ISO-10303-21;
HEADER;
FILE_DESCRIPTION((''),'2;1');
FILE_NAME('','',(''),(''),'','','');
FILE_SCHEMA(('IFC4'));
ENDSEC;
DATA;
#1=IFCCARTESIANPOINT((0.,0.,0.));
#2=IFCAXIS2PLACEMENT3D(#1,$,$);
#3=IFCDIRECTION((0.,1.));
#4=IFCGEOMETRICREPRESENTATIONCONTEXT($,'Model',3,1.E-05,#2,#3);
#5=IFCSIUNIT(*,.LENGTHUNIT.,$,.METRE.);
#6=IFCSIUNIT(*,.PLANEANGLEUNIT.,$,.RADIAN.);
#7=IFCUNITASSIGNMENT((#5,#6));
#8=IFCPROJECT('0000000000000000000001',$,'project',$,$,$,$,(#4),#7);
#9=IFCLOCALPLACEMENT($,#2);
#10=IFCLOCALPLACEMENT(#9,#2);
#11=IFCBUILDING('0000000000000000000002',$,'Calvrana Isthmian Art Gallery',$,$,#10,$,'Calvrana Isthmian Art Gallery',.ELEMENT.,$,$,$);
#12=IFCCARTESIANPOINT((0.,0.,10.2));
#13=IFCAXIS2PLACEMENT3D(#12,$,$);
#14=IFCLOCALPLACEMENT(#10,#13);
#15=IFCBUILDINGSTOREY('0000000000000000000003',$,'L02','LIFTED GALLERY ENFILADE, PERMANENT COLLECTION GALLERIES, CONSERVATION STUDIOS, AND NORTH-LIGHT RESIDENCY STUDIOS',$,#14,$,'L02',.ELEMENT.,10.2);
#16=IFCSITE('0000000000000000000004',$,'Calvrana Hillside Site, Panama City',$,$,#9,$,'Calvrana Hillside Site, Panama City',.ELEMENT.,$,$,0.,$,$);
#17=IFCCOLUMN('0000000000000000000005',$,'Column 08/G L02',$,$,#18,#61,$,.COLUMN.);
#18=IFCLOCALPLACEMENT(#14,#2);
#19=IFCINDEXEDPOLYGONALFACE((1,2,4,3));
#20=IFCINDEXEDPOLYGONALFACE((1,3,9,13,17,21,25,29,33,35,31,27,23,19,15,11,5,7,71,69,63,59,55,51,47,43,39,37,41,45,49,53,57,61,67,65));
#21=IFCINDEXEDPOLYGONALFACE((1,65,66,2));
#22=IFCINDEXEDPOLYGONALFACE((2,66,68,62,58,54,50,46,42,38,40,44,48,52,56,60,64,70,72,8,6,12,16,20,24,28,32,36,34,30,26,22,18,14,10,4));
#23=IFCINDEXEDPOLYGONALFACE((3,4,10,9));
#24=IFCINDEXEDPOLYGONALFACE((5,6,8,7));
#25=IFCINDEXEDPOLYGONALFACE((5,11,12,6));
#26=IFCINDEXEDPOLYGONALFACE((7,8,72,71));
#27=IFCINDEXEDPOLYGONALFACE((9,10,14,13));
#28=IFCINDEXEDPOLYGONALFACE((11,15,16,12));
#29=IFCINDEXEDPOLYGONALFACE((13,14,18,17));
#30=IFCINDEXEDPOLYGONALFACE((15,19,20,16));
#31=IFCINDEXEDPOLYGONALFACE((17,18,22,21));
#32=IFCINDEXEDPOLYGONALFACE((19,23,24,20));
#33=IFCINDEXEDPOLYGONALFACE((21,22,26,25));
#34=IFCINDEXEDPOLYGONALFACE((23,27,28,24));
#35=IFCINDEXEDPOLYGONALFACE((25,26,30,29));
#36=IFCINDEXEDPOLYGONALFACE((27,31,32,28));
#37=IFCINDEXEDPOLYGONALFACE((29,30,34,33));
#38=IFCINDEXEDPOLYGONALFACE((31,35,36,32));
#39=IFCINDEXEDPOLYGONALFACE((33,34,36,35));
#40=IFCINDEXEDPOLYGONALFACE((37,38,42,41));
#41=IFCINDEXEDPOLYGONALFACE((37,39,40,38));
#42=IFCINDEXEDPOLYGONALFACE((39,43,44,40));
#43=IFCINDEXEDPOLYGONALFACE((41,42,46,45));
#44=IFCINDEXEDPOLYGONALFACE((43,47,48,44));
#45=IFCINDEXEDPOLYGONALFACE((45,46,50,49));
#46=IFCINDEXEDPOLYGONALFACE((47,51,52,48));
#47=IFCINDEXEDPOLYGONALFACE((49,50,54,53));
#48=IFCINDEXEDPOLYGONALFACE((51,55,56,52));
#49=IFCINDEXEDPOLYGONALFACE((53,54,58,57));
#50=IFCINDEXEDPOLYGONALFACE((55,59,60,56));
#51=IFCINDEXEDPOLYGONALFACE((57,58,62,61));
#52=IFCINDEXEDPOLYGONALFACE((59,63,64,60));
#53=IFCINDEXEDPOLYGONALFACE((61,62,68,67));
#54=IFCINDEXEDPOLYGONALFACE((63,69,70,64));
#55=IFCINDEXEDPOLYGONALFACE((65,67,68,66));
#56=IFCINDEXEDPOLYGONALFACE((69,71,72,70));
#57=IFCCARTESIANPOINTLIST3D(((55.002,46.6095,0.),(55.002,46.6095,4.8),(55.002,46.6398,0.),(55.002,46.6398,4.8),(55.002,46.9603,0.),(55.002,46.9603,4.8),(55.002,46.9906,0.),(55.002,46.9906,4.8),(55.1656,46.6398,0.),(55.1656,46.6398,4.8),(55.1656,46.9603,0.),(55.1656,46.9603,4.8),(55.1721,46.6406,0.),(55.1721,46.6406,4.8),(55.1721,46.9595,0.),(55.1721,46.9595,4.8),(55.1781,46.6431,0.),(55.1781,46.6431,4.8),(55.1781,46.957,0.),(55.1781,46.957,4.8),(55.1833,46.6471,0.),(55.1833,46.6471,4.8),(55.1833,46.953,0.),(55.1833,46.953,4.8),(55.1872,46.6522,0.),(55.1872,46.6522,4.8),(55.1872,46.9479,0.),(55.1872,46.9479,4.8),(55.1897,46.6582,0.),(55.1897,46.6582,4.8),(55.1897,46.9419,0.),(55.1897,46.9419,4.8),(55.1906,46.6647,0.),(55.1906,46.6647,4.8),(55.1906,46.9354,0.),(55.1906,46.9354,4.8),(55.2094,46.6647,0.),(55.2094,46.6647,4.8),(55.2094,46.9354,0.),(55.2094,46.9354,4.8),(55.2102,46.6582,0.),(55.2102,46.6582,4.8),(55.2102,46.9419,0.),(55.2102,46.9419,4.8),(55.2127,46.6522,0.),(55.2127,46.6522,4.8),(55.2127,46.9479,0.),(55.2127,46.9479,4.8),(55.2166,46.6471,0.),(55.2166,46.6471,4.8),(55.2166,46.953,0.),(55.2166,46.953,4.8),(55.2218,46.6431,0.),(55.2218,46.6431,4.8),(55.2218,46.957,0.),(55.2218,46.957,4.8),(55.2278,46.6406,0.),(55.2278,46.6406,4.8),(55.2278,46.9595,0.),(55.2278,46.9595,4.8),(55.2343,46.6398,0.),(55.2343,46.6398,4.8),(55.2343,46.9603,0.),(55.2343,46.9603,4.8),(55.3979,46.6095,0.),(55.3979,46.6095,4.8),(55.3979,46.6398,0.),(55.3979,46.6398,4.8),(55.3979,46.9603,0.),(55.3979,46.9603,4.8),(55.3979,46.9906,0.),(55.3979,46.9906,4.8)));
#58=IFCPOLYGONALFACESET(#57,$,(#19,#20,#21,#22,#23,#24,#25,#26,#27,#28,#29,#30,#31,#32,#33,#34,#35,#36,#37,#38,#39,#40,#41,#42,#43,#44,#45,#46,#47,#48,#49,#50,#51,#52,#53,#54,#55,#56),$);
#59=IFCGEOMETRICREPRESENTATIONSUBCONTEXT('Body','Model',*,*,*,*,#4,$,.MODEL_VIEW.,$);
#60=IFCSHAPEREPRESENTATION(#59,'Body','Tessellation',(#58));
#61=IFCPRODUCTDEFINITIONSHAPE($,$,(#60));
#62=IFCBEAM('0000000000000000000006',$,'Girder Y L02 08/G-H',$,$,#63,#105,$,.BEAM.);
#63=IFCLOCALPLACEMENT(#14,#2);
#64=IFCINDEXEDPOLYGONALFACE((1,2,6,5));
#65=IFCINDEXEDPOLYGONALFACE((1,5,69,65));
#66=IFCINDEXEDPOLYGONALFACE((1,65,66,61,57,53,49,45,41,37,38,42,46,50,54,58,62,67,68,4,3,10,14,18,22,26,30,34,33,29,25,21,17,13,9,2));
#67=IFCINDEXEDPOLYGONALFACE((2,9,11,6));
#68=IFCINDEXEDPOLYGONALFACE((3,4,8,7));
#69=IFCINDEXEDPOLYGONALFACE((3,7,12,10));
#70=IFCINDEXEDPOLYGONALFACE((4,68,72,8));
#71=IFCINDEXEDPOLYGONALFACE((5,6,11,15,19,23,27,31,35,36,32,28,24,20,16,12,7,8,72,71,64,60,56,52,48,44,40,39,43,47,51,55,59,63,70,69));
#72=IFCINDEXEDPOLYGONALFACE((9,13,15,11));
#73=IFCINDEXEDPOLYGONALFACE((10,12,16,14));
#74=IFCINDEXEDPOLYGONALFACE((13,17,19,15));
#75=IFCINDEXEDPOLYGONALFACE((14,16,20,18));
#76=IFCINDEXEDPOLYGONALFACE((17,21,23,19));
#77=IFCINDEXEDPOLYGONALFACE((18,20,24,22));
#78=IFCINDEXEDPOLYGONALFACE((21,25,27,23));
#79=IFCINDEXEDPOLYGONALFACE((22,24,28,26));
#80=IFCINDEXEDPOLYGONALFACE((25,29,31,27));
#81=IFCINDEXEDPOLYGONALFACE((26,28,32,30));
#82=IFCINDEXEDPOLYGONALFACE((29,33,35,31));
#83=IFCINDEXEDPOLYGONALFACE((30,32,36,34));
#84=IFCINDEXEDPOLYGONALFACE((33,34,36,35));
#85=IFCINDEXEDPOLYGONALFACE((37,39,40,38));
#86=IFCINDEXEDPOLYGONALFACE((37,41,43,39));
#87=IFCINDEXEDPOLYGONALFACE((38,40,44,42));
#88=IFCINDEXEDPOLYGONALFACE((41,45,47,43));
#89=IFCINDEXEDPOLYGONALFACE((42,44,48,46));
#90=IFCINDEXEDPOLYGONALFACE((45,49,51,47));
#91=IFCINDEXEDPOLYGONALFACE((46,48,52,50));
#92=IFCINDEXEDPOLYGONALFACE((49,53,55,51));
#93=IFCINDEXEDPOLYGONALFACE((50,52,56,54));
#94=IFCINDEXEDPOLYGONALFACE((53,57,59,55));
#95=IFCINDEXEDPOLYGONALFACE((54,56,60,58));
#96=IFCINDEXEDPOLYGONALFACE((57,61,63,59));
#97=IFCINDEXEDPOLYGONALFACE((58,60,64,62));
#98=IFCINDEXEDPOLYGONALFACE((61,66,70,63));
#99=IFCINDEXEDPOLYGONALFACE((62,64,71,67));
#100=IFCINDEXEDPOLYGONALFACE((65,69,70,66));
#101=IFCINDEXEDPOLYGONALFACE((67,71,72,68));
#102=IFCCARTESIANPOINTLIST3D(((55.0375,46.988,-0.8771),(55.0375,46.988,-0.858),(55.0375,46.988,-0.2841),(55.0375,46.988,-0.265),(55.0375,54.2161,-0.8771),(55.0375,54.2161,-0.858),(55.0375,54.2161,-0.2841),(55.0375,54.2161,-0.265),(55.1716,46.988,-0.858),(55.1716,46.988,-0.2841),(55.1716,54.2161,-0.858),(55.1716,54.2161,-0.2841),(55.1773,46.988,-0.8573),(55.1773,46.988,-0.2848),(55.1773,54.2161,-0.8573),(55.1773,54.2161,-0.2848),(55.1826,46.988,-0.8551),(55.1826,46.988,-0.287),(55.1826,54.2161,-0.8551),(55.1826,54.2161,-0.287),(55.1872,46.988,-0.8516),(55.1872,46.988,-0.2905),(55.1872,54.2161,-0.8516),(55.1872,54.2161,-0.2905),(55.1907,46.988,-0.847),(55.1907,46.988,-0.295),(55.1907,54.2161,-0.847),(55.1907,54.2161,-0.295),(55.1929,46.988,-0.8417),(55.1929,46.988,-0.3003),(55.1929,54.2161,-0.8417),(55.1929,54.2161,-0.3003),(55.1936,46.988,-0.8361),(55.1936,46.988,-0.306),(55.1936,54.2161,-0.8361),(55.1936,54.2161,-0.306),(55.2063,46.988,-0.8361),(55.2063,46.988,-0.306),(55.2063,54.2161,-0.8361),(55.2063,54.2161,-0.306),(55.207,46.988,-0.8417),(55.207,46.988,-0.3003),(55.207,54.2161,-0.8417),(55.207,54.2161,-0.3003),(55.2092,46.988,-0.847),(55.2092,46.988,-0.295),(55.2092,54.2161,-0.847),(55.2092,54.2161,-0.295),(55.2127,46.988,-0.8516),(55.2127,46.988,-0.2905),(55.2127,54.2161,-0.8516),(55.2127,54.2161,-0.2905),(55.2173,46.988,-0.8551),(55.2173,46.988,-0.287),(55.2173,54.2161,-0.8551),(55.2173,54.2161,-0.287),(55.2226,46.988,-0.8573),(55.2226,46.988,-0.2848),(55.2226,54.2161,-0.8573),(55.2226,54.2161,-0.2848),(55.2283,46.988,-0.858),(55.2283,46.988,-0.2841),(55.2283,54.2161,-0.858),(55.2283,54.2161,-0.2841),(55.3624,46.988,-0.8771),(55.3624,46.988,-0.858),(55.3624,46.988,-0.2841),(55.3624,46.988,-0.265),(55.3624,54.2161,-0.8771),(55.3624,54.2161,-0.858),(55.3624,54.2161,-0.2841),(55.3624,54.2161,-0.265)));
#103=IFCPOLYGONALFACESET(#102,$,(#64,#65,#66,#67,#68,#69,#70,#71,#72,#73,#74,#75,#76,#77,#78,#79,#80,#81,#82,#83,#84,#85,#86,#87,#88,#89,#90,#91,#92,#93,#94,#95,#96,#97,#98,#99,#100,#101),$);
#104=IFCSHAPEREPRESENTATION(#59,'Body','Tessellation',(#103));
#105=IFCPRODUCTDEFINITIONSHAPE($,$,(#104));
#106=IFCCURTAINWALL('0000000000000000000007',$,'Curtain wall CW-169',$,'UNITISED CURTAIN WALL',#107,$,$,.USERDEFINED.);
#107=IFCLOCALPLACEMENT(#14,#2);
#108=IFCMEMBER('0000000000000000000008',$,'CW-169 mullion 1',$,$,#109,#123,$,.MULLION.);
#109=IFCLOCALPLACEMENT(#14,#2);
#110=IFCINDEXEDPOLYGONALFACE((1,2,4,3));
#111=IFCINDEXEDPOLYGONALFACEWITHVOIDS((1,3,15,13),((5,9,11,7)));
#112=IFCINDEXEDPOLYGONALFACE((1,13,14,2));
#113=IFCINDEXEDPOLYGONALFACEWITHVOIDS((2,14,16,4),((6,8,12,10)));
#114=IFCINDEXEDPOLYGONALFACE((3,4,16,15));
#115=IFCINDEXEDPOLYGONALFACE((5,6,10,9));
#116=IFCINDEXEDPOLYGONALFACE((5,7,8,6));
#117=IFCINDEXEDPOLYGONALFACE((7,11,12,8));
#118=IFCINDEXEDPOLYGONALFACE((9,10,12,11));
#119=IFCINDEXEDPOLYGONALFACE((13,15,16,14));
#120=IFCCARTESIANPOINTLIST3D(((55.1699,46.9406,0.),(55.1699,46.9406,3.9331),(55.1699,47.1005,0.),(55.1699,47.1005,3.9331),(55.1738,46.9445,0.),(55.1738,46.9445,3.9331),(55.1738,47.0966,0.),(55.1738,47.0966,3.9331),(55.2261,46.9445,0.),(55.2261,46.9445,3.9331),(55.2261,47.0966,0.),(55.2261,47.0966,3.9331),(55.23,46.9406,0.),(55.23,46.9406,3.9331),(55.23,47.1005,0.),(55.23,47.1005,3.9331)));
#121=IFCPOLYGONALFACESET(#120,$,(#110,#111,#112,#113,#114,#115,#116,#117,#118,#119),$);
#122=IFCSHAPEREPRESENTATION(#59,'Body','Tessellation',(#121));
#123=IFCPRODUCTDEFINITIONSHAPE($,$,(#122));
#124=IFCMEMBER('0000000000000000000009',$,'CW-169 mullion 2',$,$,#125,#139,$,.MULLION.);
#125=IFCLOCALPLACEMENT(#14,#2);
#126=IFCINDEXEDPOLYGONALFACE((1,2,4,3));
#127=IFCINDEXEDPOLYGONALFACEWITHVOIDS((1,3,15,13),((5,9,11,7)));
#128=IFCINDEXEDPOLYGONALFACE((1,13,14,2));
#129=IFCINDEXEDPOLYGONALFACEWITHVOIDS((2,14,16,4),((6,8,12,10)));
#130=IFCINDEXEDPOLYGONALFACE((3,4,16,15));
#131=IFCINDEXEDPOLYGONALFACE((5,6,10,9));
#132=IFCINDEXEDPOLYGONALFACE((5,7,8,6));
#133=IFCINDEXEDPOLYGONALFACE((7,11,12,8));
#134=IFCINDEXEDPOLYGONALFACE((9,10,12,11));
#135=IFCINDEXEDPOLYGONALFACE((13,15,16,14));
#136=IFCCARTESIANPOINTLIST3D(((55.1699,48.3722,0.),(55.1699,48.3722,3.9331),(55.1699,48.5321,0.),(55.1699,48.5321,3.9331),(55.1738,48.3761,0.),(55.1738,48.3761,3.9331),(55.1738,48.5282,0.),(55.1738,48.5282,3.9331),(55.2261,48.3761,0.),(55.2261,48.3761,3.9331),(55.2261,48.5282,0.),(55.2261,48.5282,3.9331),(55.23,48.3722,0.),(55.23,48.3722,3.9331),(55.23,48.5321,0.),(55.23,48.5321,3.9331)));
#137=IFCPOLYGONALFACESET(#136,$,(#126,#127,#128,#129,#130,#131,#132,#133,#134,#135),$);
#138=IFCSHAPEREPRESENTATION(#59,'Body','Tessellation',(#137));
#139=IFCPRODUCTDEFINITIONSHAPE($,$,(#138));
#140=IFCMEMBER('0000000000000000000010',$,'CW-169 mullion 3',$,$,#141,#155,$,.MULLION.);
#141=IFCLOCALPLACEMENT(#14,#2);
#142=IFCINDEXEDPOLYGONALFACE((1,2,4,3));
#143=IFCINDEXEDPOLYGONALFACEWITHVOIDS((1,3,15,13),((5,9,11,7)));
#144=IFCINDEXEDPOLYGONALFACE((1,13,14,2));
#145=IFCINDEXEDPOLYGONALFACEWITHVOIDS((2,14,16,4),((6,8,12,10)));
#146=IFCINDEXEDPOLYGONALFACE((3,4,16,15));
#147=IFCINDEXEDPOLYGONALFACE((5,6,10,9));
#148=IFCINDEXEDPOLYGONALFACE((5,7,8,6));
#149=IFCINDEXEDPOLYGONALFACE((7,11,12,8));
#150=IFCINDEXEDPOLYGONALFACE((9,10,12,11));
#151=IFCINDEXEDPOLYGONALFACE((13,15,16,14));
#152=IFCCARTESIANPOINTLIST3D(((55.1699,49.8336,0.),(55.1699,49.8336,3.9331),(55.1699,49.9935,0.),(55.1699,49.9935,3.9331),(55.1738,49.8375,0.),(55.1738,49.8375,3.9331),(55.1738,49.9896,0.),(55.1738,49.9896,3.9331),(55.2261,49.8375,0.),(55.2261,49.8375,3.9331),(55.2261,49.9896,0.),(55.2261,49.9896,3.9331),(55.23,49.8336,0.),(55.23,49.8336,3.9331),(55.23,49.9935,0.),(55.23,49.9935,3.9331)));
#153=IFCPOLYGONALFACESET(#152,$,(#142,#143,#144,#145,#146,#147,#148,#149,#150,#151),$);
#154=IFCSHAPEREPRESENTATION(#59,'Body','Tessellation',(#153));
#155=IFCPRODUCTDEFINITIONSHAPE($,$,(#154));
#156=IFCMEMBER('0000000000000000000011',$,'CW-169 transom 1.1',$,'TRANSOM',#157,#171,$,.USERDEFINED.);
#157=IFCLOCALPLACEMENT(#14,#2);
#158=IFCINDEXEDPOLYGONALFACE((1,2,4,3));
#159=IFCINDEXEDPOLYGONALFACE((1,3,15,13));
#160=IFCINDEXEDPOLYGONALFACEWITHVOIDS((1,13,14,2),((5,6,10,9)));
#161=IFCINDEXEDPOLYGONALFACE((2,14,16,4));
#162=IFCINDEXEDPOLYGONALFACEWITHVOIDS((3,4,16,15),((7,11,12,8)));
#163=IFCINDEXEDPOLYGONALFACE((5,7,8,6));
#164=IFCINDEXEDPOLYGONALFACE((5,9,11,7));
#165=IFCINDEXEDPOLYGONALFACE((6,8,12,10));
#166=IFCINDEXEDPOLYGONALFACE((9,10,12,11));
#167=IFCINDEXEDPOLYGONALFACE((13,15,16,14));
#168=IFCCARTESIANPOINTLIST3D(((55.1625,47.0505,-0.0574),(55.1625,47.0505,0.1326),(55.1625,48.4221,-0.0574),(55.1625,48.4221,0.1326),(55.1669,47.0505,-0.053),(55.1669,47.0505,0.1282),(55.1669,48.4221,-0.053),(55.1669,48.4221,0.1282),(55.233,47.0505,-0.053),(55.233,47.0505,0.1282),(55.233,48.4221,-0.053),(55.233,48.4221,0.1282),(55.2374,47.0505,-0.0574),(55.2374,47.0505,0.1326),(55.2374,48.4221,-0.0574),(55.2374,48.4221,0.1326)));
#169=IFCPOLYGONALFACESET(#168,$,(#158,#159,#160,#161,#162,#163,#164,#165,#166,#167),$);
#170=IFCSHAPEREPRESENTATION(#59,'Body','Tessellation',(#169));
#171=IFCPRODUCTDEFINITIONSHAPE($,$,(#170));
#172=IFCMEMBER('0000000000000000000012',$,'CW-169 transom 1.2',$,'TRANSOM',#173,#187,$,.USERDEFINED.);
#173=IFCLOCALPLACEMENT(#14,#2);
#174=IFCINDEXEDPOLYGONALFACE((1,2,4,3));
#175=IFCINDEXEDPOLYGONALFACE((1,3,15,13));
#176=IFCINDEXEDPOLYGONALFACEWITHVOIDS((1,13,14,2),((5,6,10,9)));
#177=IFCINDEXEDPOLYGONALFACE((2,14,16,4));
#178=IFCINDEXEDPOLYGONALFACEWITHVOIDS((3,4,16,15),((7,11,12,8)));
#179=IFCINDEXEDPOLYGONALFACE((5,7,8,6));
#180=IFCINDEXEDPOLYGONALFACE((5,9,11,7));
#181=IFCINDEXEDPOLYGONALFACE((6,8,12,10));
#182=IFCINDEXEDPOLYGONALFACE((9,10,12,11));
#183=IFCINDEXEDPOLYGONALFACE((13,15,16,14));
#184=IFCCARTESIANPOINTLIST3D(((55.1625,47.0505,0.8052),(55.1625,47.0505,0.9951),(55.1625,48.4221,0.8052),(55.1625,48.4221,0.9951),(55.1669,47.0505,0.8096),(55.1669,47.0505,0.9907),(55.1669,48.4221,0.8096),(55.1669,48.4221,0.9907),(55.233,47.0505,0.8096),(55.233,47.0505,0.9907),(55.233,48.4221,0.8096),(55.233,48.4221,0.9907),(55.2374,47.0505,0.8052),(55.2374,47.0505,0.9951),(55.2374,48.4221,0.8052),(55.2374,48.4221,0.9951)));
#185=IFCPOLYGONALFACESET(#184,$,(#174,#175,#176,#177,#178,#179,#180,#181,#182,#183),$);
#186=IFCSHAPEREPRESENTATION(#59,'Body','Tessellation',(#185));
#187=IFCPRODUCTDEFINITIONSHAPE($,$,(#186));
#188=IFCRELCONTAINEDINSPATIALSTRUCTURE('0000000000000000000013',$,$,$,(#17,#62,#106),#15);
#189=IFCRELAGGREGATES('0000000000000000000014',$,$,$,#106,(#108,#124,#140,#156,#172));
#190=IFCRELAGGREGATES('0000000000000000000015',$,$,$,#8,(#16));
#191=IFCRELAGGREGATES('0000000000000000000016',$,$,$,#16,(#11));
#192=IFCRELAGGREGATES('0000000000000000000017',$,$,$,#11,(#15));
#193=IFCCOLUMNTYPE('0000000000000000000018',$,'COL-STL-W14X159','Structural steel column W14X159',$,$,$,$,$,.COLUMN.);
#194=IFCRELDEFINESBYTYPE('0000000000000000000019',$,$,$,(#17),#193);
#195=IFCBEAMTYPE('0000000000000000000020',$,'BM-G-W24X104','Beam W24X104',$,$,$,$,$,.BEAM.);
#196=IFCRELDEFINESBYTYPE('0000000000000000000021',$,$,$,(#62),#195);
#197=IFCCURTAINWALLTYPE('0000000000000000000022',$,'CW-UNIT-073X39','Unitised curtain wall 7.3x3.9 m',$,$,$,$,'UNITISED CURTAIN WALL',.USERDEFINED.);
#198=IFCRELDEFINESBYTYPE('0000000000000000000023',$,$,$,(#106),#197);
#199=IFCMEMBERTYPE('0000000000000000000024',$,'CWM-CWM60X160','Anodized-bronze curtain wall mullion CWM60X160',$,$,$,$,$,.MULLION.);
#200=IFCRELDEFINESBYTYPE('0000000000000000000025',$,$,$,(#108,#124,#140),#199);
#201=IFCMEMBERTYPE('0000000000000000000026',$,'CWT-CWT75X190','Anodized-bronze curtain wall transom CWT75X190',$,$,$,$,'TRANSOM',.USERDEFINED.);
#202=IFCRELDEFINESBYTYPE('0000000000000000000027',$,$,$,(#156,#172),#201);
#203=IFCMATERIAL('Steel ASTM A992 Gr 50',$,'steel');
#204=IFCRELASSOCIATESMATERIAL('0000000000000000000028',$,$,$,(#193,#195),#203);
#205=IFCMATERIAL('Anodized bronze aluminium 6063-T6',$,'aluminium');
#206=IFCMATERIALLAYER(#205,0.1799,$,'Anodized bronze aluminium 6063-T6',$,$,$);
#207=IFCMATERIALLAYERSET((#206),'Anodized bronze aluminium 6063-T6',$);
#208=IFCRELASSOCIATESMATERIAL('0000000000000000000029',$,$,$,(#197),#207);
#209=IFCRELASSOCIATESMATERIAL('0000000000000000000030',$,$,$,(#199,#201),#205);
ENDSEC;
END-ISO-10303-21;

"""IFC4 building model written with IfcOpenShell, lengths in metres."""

from ifc_helpers import new_model, si_unit, direction, frame, origin, origin_2d, place, context, subcontext, project, spatial, hollow_rectangle, i_section, extrude, material, layer, layer_set, material_profile, profile_set, type_object, element, aggregate, save


model = new_model("IFC4")

# Units and contexts
model_context = context("Model", 3, precision=1e-05, world=origin(), true_north=direction((0.0, 1.0)))
body_context = subcontext(model_context, "Body", "Model", "MODEL_VIEW")
ifc_project = project(units=[si_unit("LENGTHUNIT", "METRE"), si_unit("PLANEANGLEUNIT", "RADIAN")], contexts=[model_context])

# Site, building, storey
site_placement = place(None, origin())
site = spatial("IfcSite", under=ifc_project, at=site_placement, Name="Calvrana Hillside Site, Panama City", LongName="Calvrana Hillside Site, Panama City", CompositionType="ELEMENT", RefElevation=0.0)
building_placement = place(site_placement, origin())
building = spatial("IfcBuilding", under=site, at=building_placement, Name="Calvrana Isthmian Art Gallery", LongName="Calvrana Isthmian Art Gallery", CompositionType="ELEMENT")
storey_placement = place(building_placement, frame((0.0, 0.0, 10.2)))
storey = spatial("IfcBuildingStorey", under=building, at=storey_placement, Name="L02", Description="LIFTED GALLERY ENFILADE, PERMANENT COLLECTION GALLERIES, CONSERVATION STUDIOS, AND NORTH-LIGHT RESIDENCY STUDIOS", LongName="L02", CompositionType="ELEMENT", Elevation=10.2)

# Column
ifc_material_1 = material(Name="Steel ASTM A992 Gr 50", Category="steel")
ifc_material_profile_1 = material_profile(ifc_material_1, i_section(OverallWidth=0.396, OverallDepth=0.3811, WebThickness=0.0188, FlangeThickness=0.0303, FilletRadius=0.0249, at=origin_2d()), Name="W14X159")
ifc_profile_set_1 = profile_set([ifc_material_profile_1], Name="Steel ASTM A992 Gr 50")
column_type = type_object("IfcColumnType", Name="COL-STL-W14X159", Description="Structural steel column W14X159", PredefinedType="COLUMN", material=ifc_profile_set_1)
column_placement = place(storey_placement, frame((55.2, 46.8, 0.0), z_axis=(0.0, 0.0, 1.0), x_axis=(1.0, 0.0, 0.0)))
element("IfcColumn", 1, at=column_placement, inside=storey, type_object=column_type, Name="Column 08/G L02", PredefinedType="COLUMN", context=body_context, shape_type="SweptSolid", body=[
    extrude(i_section(OverallWidth=0.396, OverallDepth=0.3811, WebThickness=0.0188, FlangeThickness=0.0303, FilletRadius=0.0249, at=origin_2d()), origin(), (0.0, 0.0, 1.0), 4.8),
])

# Beam
ifc_material_profile_2 = material_profile(ifc_material_1, i_section(OverallWidth=0.325, OverallDepth=0.6121, WebThickness=0.0127, FlangeThickness=0.019, FilletRadius=0.022, at=origin_2d()), Name="W24X104")
ifc_profile_set_2 = profile_set([ifc_material_profile_2], Name="Steel ASTM A992 Gr 50")
beam_type = type_object("IfcBeamType", Name="BM-G-W24X104", Description="Beam W24X104", PredefinedType="BEAM", material=ifc_profile_set_2)
beam_placement = place(storey_placement, frame((55.2, 46.988, -0.571), z_axis=(0.0, 1.0, 0.0), x_axis=(-1.0, 0.0, 0.0)))
element("IfcBeam", 2, at=beam_placement, inside=storey, type_object=beam_type, Name="Girder Y L02 08/G-H", PredefinedType="BEAM", context=body_context, shape_type="SweptSolid", body=[
    extrude(i_section(OverallWidth=0.325, OverallDepth=0.6121, WebThickness=0.0127, FlangeThickness=0.019, FilletRadius=0.022, at=origin_2d()), origin(), (0.0, 0.0, 1.0), 7.228),
])

# Curtain wall, members
ifc_material_2 = material(Name="Anodized bronze aluminium 6063-T6", Category="aluminium")
ifc_layer_1 = layer(ifc_material_2, 0.1799, Name="Anodized bronze aluminium 6063-T6")
ifc_layer_set_1 = layer_set([ifc_layer_1], Name="Anodized bronze aluminium 6063-T6")
curtain_wall_type = type_object("IfcCurtainWallType", Name="CW-UNIT-073X39", Description="Unitised curtain wall 7.3x3.9 m", ElementType="UNITISED CURTAIN WALL", PredefinedType="USERDEFINED", material=ifc_layer_set_1)
curtain_wall_placement = place(storey_placement, origin())
curtain_wall = element("IfcCurtainWall", 3, at=curtain_wall_placement, inside=storey, type_object=curtain_wall_type, Name="Curtain wall CW-169", ObjectType="UNITISED CURTAIN WALL", PredefinedType="USERDEFINED")
ifc_material_profile_3 = material_profile(ifc_material_2, hollow_rectangle(XDim=0.0601, YDim=0.1599, WallThickness=0.0039, at=origin_2d()), Name="CWM60X160")
ifc_profile_set_3 = profile_set([ifc_material_profile_3], Name="Anodized bronze aluminium 6063-T6")
member_type_1 = type_object("IfcMemberType", Name="CWM-CWM60X160", Description="Anodized-bronze curtain wall mullion CWM60X160", PredefinedType="MULLION", material=ifc_profile_set_3)
member_1_placement = place(storey_placement, frame((55.2, 47.0205, 0.0), z_axis=(0.0, 0.0, 1.0), x_axis=(-1.0, 0.0, 0.0)))
member_1 = element("IfcMember", 4, at=member_1_placement, type_object=member_type_1, Name="CW-169 mullion 1", PredefinedType="MULLION", context=body_context, shape_type="SweptSolid", body=[
    extrude(hollow_rectangle(XDim=0.0601, YDim=0.1599, WallThickness=0.0039, at=origin_2d()), origin(), (0.0, 0.0, 1.0), 3.9331),
])
member_2_placement = place(storey_placement, frame((55.2, 48.4521, 0.0), z_axis=(0.0, 0.0, 1.0), x_axis=(-1.0, 0.0, 0.0)))
member_2 = element("IfcMember", 5, at=member_2_placement, type_object=member_type_1, Name="CW-169 mullion 2", PredefinedType="MULLION", context=body_context, shape_type="SweptSolid", body=[
    extrude(hollow_rectangle(XDim=0.0601, YDim=0.1599, WallThickness=0.0039, at=origin_2d()), origin(), (0.0, 0.0, 1.0), 3.9331),
])
member_3_placement = place(storey_placement, frame((55.2, 49.9136, 0.0), z_axis=(0.0, 0.0, 1.0), x_axis=(-1.0, 0.0, 0.0)))
member_3 = element("IfcMember", 6, at=member_3_placement, type_object=member_type_1, Name="CW-169 mullion 3", PredefinedType="MULLION", context=body_context, shape_type="SweptSolid", body=[
    extrude(hollow_rectangle(XDim=0.0601, YDim=0.1599, WallThickness=0.0039, at=origin_2d()), origin(), (0.0, 0.0, 1.0), 3.9331),
])
ifc_material_profile_4 = material_profile(ifc_material_2, hollow_rectangle(XDim=0.075, YDim=0.1899, WallThickness=0.0044, at=origin_2d()), Name="CWT75X190")
ifc_profile_set_4 = profile_set([ifc_material_profile_4], Name="Anodized bronze aluminium 6063-T6")
member_type_2 = type_object("IfcMemberType", Name="CWT-CWT75X190", Description="Anodized-bronze curtain wall transom CWT75X190", ElementType="TRANSOM", PredefinedType="USERDEFINED", material=ifc_profile_set_4)
member_4_placement = place(storey_placement, frame((55.2, 47.0505, 0.0376), z_axis=(0.0, 1.0, 0.0), x_axis=(-1.0, 0.0, 0.0)))
member_4 = element("IfcMember", 7, at=member_4_placement, type_object=member_type_2, Name="CW-169 transom 1.1", ObjectType="TRANSOM", PredefinedType="USERDEFINED", context=body_context, shape_type="SweptSolid", body=[
    extrude(hollow_rectangle(XDim=0.075, YDim=0.1899, WallThickness=0.0044, at=origin_2d()), origin(), (0.0, 0.0, 1.0), 1.3716),
])
member_5_placement = place(storey_placement, frame((55.2, 47.0505, 0.9001), z_axis=(0.0, 1.0, 0.0), x_axis=(-1.0, 0.0, 0.0)))
member_5 = element("IfcMember", 8, at=member_5_placement, type_object=member_type_2, Name="CW-169 transom 1.2", ObjectType="TRANSOM", PredefinedType="USERDEFINED", context=body_context, shape_type="SweptSolid", body=[
    extrude(hollow_rectangle(XDim=0.075, YDim=0.1899, WallThickness=0.0044, at=origin_2d()), origin(), (0.0, 0.0, 1.0), 1.3716),
])

aggregate(curtain_wall, [member_1, member_2, member_3, member_4, member_5])

save(model, "model.ifc")
